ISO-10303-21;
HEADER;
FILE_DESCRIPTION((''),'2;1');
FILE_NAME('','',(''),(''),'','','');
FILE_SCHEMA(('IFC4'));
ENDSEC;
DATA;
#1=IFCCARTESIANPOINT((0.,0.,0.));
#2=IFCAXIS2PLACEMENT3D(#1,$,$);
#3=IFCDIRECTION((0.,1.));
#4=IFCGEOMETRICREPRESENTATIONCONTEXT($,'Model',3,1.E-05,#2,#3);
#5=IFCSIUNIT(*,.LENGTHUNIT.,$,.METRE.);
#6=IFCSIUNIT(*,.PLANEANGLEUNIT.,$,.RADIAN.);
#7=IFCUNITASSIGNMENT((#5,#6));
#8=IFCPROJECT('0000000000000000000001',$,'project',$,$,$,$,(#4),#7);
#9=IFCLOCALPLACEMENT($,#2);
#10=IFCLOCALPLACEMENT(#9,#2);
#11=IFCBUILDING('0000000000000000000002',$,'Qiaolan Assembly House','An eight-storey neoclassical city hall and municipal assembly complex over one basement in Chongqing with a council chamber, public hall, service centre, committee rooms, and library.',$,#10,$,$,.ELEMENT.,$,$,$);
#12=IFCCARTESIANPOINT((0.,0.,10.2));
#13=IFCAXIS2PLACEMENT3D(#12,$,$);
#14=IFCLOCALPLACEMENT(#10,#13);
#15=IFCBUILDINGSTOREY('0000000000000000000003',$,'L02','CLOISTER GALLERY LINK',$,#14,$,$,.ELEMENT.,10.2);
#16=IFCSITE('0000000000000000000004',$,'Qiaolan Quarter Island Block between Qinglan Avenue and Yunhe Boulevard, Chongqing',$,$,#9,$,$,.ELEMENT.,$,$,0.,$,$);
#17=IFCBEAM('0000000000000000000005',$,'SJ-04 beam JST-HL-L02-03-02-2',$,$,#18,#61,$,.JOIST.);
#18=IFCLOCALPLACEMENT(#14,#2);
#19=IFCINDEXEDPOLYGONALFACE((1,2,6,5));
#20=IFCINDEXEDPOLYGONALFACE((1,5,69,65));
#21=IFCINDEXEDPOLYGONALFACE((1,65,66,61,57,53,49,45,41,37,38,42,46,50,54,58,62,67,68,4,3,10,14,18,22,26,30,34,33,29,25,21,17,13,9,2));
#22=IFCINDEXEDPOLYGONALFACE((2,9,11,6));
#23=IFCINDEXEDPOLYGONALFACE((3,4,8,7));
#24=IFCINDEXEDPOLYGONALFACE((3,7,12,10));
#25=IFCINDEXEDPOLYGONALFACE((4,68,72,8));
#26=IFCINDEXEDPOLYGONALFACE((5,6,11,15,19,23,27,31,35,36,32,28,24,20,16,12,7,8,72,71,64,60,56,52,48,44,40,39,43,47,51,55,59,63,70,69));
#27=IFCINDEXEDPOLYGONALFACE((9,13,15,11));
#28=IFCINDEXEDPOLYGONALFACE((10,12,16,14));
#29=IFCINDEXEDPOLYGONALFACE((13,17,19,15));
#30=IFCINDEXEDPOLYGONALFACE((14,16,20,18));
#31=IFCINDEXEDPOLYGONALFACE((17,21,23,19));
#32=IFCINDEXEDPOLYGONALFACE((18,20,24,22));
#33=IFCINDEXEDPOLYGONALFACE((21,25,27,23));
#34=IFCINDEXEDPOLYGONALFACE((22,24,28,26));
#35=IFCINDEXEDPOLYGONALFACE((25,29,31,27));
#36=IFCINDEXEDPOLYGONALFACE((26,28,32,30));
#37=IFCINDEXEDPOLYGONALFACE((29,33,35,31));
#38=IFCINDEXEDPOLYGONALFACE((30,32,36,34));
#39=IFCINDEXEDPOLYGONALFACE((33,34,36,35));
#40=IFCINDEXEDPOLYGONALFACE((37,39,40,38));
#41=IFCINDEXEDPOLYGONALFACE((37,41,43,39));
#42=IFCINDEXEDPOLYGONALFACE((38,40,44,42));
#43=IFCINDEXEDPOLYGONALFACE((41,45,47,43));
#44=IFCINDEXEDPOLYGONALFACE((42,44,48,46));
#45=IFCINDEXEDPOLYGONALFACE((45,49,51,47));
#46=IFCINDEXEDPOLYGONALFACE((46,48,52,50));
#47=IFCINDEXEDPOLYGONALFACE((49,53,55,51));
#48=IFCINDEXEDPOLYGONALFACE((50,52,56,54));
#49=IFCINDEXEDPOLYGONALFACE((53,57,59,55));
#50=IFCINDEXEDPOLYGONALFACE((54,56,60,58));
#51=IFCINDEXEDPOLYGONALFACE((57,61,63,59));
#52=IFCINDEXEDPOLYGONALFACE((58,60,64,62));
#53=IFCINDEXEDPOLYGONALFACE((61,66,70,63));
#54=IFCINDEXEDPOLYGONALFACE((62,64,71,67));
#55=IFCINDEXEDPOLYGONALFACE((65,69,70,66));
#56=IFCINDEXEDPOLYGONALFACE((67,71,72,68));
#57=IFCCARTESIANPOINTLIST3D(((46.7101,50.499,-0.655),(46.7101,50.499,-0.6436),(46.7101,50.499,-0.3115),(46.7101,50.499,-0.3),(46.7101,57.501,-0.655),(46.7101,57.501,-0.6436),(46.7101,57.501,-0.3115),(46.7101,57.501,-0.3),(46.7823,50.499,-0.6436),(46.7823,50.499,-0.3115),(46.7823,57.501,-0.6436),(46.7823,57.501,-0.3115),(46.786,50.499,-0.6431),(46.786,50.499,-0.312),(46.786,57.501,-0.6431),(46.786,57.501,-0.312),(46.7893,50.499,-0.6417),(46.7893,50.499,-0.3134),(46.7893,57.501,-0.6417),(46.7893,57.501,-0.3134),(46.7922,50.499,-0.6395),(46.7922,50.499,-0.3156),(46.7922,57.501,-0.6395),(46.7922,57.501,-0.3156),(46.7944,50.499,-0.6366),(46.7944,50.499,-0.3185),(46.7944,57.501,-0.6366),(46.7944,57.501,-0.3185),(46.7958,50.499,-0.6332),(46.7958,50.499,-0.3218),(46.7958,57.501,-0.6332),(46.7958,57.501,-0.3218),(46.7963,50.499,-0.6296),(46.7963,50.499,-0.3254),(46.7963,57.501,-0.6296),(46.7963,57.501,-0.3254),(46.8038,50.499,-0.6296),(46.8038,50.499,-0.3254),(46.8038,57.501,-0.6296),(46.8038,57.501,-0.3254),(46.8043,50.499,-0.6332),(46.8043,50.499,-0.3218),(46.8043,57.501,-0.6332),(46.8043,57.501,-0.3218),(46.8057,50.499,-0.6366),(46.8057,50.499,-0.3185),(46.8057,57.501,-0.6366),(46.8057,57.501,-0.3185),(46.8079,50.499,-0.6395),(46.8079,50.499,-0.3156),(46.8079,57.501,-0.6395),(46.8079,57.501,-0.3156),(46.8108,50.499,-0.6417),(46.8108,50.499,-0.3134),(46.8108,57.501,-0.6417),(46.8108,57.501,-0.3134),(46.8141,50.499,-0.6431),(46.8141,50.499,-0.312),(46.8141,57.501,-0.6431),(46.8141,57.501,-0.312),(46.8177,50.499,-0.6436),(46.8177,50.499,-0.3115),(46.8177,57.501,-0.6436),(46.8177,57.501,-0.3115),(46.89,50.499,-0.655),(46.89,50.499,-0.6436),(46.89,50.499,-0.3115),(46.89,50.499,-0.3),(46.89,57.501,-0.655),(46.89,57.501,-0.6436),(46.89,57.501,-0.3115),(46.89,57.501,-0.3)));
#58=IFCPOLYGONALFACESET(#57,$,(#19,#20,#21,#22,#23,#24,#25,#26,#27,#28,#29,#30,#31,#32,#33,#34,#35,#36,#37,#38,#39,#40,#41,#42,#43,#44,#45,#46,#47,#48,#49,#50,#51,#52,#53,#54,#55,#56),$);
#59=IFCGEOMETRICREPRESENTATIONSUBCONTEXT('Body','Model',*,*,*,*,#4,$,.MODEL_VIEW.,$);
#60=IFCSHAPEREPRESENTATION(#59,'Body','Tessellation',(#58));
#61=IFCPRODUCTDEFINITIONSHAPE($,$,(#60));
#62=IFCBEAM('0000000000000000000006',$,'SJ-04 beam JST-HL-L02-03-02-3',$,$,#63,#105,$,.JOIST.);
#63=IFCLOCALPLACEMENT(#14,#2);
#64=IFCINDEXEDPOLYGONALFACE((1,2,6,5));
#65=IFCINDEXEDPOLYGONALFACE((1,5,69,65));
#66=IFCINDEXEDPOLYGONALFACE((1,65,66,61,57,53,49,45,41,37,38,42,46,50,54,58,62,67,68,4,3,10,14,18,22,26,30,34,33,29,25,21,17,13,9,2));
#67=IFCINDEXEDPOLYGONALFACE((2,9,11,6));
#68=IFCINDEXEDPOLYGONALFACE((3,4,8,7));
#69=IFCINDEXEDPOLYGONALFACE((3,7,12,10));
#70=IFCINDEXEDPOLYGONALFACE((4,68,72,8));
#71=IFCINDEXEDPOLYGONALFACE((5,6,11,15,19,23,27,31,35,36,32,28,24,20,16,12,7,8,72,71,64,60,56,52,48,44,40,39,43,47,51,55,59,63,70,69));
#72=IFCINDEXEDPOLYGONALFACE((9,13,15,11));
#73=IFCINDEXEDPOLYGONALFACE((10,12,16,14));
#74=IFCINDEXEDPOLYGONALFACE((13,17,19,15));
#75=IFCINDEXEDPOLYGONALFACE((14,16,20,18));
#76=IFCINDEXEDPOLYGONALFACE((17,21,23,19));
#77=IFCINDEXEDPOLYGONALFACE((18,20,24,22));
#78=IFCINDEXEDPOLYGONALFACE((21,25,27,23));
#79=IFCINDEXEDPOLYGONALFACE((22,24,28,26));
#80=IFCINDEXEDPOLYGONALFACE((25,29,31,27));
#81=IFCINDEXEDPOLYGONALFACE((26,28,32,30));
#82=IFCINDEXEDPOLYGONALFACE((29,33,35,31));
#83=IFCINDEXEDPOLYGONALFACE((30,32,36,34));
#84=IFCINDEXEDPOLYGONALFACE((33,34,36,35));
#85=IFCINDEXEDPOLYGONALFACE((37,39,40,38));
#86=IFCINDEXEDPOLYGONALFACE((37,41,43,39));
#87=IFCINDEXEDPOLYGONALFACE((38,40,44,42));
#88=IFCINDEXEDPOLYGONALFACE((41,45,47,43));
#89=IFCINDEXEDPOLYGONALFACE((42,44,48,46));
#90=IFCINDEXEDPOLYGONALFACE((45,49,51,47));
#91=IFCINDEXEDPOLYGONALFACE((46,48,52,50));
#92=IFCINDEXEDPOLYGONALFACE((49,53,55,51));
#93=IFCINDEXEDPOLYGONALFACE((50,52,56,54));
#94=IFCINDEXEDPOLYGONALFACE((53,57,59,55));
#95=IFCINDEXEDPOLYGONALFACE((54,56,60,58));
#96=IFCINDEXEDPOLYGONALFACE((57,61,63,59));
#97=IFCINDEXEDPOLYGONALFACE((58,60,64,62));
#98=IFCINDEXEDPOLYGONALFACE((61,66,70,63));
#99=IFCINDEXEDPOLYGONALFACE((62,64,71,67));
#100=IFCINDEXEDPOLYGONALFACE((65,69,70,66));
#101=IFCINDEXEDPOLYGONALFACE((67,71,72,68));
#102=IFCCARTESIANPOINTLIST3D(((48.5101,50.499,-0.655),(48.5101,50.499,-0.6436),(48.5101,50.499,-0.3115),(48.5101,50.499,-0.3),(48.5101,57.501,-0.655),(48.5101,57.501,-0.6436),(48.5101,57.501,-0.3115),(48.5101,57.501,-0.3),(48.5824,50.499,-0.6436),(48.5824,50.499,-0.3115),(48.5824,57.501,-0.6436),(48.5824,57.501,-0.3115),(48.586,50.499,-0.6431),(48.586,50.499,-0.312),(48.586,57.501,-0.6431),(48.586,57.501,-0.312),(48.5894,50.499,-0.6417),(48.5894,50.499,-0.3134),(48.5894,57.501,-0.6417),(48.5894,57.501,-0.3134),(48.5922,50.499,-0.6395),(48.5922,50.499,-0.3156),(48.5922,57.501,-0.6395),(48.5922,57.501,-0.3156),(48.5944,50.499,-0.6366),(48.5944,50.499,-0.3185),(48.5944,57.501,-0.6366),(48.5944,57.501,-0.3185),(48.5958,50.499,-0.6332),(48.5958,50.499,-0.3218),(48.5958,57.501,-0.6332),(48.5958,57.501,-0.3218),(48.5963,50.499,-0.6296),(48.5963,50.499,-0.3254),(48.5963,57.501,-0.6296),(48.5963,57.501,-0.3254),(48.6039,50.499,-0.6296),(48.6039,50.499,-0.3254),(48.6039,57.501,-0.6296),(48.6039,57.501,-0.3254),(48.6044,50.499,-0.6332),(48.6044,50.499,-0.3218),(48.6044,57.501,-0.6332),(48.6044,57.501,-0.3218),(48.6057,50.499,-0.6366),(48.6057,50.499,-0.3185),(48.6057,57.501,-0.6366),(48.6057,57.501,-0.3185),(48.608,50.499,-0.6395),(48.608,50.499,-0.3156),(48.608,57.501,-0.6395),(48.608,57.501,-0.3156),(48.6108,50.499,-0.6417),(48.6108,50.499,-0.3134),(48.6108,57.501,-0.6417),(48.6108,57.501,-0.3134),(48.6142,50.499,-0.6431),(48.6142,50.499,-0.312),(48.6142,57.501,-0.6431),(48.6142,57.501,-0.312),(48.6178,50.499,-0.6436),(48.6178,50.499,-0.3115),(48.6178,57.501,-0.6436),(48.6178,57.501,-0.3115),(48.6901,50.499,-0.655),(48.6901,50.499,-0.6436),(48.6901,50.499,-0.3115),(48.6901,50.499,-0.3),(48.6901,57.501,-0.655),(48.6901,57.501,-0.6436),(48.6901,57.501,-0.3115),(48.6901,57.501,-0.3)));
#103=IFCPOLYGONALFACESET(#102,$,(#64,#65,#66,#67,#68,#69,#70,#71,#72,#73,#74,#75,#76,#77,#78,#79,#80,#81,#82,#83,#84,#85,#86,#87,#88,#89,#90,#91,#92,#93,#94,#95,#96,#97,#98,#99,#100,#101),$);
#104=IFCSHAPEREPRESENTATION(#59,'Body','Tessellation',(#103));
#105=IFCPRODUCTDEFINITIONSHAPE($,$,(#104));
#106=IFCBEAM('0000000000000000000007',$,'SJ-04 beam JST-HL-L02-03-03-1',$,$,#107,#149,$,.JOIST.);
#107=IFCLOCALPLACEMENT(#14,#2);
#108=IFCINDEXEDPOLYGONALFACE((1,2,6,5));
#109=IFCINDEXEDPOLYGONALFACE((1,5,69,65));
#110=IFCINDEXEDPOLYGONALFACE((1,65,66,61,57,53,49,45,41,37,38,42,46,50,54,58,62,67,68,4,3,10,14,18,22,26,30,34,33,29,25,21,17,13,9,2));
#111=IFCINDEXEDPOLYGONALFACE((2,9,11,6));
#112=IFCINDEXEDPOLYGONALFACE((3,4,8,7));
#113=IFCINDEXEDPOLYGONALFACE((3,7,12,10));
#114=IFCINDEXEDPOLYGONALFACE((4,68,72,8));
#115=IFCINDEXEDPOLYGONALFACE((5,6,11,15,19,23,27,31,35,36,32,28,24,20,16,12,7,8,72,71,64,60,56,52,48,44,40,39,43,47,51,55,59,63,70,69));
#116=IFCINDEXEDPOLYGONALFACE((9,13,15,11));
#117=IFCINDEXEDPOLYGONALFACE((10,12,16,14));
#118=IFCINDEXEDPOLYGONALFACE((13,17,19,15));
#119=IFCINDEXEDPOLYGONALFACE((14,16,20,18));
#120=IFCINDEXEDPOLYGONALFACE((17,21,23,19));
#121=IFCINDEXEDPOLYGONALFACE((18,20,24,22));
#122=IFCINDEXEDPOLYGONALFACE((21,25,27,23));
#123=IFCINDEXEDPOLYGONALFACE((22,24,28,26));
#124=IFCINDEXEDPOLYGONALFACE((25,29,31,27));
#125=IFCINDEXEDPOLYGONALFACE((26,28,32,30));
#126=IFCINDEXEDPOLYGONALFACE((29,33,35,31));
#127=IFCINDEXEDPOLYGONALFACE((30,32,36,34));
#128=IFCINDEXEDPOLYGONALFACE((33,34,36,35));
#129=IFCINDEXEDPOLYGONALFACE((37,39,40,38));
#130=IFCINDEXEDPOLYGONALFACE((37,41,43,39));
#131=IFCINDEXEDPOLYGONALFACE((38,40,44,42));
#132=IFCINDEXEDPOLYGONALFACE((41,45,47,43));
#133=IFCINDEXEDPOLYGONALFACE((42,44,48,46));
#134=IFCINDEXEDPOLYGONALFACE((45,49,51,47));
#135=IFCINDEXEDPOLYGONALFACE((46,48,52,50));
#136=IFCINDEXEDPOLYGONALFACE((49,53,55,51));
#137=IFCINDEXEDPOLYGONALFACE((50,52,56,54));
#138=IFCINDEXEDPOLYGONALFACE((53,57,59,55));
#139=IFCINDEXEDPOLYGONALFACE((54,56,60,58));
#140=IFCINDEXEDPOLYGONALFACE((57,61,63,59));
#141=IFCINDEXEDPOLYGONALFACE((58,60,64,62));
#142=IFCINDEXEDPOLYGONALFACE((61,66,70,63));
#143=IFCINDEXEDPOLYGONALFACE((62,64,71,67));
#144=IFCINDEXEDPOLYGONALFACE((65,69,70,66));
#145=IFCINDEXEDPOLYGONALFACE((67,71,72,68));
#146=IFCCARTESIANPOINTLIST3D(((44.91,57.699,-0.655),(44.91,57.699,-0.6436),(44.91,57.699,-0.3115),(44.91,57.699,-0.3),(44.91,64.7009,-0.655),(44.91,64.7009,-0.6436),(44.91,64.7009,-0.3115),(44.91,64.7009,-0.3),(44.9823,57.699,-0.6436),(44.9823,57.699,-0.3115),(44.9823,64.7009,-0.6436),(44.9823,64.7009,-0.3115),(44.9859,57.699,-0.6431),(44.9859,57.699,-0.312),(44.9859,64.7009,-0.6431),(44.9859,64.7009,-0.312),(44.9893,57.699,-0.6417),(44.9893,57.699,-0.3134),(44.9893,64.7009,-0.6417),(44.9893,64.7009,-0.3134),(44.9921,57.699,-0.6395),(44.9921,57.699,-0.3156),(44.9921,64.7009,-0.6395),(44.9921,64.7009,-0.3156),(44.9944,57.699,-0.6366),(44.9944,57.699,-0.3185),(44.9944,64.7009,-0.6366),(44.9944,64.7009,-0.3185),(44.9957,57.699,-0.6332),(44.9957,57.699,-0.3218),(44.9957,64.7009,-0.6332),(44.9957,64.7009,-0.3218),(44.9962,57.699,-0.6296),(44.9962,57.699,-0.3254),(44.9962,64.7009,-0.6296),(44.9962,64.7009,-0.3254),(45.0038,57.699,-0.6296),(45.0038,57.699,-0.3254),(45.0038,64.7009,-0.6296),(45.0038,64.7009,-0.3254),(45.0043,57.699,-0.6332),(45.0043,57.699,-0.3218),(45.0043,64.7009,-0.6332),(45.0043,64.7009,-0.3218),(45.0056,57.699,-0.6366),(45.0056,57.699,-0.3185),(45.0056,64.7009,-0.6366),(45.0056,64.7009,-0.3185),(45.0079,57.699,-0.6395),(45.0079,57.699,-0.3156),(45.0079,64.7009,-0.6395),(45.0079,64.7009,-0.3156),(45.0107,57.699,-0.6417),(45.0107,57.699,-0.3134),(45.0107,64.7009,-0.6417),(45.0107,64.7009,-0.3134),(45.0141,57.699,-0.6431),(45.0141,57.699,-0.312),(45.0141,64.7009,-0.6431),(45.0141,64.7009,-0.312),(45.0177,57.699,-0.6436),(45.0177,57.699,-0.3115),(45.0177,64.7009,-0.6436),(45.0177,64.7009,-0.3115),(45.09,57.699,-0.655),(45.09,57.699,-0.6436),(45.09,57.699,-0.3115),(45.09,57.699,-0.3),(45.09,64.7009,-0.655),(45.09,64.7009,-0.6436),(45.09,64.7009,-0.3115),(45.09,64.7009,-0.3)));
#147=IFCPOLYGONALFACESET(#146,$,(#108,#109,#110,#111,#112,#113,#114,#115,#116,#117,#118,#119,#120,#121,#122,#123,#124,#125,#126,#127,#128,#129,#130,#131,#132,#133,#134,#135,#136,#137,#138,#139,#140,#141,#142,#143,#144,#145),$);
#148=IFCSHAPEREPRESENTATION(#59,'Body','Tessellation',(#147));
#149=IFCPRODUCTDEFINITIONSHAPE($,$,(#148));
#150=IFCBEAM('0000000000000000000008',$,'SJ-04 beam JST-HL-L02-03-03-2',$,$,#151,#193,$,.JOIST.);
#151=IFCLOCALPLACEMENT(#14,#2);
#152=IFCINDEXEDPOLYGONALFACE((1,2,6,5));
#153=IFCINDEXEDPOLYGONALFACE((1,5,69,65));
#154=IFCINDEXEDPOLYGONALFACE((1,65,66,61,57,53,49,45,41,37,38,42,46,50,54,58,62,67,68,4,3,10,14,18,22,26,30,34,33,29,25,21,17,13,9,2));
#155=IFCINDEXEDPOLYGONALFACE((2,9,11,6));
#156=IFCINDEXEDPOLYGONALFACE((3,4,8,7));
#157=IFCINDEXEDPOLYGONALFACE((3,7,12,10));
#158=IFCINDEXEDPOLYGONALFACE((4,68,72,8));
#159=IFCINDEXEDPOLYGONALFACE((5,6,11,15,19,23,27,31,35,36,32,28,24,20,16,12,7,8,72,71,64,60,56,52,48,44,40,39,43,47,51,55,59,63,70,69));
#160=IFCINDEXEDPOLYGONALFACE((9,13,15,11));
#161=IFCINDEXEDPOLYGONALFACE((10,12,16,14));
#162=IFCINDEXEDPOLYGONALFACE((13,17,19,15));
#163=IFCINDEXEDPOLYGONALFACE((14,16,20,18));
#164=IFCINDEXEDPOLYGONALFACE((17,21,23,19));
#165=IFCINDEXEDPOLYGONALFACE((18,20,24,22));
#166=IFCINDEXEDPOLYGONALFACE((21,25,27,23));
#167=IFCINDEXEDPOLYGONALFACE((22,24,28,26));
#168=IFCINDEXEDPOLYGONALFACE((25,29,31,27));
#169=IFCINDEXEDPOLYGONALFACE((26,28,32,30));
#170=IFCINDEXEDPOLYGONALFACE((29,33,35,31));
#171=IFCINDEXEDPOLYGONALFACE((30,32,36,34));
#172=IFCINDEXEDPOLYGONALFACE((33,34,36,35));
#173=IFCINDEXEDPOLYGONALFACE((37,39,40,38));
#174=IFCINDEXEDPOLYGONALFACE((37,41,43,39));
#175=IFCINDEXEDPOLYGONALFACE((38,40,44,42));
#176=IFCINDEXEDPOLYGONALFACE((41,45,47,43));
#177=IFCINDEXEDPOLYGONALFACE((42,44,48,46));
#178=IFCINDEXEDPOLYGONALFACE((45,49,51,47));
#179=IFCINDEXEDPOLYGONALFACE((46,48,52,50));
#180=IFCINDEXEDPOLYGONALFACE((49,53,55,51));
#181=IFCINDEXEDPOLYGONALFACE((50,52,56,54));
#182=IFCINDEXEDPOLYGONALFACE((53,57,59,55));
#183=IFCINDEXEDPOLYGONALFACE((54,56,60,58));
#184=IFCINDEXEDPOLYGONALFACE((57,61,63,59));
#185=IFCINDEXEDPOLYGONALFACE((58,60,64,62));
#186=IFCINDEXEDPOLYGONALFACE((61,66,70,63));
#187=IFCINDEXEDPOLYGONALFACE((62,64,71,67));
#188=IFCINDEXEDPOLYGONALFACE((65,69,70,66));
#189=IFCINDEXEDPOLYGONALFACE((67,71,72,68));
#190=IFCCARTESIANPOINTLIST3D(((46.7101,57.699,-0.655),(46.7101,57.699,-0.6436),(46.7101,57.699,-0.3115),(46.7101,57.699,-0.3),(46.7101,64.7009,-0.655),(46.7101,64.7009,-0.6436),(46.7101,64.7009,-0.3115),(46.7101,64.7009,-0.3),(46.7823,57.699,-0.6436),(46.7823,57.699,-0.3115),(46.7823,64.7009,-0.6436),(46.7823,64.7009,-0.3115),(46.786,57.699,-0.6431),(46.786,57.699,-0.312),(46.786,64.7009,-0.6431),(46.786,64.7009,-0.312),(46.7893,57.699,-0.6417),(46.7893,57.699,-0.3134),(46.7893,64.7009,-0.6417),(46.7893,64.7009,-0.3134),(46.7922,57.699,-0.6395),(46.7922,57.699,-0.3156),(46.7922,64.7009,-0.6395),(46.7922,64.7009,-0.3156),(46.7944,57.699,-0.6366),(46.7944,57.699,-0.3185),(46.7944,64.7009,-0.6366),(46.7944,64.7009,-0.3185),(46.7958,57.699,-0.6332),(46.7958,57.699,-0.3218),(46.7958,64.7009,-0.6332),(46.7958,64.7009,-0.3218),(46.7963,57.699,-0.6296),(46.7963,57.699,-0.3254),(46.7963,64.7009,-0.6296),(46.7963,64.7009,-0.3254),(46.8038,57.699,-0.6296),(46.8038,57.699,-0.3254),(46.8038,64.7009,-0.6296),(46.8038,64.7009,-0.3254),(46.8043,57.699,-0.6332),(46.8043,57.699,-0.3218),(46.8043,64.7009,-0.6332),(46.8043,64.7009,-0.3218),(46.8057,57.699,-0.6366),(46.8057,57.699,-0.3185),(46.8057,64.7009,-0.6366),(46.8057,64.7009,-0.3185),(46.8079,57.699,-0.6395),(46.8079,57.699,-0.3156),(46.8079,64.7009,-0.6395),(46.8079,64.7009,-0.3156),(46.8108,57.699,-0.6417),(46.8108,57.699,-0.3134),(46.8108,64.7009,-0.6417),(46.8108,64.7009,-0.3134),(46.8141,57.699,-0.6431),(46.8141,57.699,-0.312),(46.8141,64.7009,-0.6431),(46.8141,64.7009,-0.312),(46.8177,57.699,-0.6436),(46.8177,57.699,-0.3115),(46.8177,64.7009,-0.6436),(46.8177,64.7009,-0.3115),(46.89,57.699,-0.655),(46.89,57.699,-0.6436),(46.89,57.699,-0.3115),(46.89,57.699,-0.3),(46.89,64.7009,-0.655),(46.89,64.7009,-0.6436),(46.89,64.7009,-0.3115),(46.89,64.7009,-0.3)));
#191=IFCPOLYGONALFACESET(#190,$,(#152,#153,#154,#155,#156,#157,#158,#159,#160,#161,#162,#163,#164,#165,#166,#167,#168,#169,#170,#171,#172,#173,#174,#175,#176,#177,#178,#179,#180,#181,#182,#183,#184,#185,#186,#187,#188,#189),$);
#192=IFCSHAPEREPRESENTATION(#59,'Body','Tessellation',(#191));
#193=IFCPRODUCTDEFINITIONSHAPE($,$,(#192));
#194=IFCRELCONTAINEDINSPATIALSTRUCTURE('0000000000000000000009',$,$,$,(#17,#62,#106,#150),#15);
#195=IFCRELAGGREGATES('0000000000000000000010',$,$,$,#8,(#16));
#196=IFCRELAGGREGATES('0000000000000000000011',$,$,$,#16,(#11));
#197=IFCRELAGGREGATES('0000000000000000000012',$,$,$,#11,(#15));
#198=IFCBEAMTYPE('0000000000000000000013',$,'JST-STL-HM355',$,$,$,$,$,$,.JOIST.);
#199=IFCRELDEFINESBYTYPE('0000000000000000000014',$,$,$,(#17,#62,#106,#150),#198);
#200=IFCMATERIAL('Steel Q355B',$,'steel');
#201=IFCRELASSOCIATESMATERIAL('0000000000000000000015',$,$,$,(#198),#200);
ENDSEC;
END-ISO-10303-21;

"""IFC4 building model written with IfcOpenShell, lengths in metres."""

from ifc_helpers import new_model, si_unit, direction, frame, origin, origin_2d, place, context, subcontext, project, spatial, i_section, extrude, material, material_profile, profile_set, type_object, element, save


model = new_model("IFC4")

# Units and contexts
model_context = context("Model", 3, precision=1e-05, world=origin(), true_north=direction((0.0, 1.0)))
body_context = subcontext(model_context, "Body", "Model", "MODEL_VIEW")
ifc_project = project(units=[si_unit("LENGTHUNIT", "METRE"), si_unit("PLANEANGLEUNIT", "RADIAN")], contexts=[model_context])

# Site, building, storey
site_placement = place(None, origin())
site = spatial("IfcSite", under=ifc_project, at=site_placement, Name="Qiaolan Quarter Island Block between Qinglan Avenue and Yunhe Boulevard, Chongqing", CompositionType="ELEMENT", RefElevation=0.0)
building_placement = place(site_placement, origin())
building = spatial("IfcBuilding", under=site, at=building_placement, Name="Qiaolan Assembly House", Description="An eight-storey neoclassical city hall and municipal assembly complex over one basement in Chongqing with a council chamber, public hall, service centre, committee rooms, and library.", CompositionType="ELEMENT")
storey_placement = place(building_placement, frame((0.0, 0.0, 10.2)))
storey = spatial("IfcBuildingStorey", under=building, at=storey_placement, Name="L02", Description="CLOISTER GALLERY LINK", CompositionType="ELEMENT", Elevation=10.2)

# Shared definitions
ifc_material_1 = material(Name="Steel Q355B", Category="steel")

# Beams
ifc_material_profile_1 = material_profile(ifc_material_1, i_section(OverallWidth=0.1799, OverallDepth=0.355, WebThickness=0.0076, FlangeThickness=0.0115, FilletRadius=0.0139, at=origin_2d()), Name="HM 355x180x7.5x11.5")
ifc_profile_set_1 = profile_set([ifc_material_profile_1], Name="Steel Q355B")
beam_type_1 = type_object("IfcBeamType", Name="JST-STL-HM355", PredefinedType="JOIST", material=ifc_profile_set_1)
for number, where, z_axis, x_axis, name in (
    (1, (46.8, 50.499, -0.4775), (0.0, 1.0, 0.0), (-1.0, 0.0, 0.0), "SJ-04 beam JST-HL-L02-03-02-2"),
    (2, (48.6001, 50.499, -0.4775), (0.0, 1.0, 0.0), (-1.0, 0.0, 0.0), "SJ-04 beam JST-HL-L02-03-02-3"),
    (3, (45.0, 57.699, -0.4775), (0.0, 1.0, 0.0), (-1.0, 0.0, 0.0), "SJ-04 beam JST-HL-L02-03-03-1"),
    (4, (46.8, 57.699, -0.4775), (0.0, 1.0, 0.0), (-1.0, 0.0, 0.0), "SJ-04 beam JST-HL-L02-03-03-2"),
):
    element("IfcBeam", number, at=place(storey_placement, frame(where, z_axis=z_axis, x_axis=x_axis)), inside=storey, type_object=beam_type_1, Name=name, PredefinedType="JOIST", context=body_context, shape_type="SweptSolid", body=[
        extrude(i_section(OverallWidth=0.1799, OverallDepth=0.355, WebThickness=0.0076, FlangeThickness=0.0115, FilletRadius=0.0139, at=origin_2d()), origin(), (0.0, 0.0, 1.0), 7.002),
    ])

save(model, "model.ifc")
